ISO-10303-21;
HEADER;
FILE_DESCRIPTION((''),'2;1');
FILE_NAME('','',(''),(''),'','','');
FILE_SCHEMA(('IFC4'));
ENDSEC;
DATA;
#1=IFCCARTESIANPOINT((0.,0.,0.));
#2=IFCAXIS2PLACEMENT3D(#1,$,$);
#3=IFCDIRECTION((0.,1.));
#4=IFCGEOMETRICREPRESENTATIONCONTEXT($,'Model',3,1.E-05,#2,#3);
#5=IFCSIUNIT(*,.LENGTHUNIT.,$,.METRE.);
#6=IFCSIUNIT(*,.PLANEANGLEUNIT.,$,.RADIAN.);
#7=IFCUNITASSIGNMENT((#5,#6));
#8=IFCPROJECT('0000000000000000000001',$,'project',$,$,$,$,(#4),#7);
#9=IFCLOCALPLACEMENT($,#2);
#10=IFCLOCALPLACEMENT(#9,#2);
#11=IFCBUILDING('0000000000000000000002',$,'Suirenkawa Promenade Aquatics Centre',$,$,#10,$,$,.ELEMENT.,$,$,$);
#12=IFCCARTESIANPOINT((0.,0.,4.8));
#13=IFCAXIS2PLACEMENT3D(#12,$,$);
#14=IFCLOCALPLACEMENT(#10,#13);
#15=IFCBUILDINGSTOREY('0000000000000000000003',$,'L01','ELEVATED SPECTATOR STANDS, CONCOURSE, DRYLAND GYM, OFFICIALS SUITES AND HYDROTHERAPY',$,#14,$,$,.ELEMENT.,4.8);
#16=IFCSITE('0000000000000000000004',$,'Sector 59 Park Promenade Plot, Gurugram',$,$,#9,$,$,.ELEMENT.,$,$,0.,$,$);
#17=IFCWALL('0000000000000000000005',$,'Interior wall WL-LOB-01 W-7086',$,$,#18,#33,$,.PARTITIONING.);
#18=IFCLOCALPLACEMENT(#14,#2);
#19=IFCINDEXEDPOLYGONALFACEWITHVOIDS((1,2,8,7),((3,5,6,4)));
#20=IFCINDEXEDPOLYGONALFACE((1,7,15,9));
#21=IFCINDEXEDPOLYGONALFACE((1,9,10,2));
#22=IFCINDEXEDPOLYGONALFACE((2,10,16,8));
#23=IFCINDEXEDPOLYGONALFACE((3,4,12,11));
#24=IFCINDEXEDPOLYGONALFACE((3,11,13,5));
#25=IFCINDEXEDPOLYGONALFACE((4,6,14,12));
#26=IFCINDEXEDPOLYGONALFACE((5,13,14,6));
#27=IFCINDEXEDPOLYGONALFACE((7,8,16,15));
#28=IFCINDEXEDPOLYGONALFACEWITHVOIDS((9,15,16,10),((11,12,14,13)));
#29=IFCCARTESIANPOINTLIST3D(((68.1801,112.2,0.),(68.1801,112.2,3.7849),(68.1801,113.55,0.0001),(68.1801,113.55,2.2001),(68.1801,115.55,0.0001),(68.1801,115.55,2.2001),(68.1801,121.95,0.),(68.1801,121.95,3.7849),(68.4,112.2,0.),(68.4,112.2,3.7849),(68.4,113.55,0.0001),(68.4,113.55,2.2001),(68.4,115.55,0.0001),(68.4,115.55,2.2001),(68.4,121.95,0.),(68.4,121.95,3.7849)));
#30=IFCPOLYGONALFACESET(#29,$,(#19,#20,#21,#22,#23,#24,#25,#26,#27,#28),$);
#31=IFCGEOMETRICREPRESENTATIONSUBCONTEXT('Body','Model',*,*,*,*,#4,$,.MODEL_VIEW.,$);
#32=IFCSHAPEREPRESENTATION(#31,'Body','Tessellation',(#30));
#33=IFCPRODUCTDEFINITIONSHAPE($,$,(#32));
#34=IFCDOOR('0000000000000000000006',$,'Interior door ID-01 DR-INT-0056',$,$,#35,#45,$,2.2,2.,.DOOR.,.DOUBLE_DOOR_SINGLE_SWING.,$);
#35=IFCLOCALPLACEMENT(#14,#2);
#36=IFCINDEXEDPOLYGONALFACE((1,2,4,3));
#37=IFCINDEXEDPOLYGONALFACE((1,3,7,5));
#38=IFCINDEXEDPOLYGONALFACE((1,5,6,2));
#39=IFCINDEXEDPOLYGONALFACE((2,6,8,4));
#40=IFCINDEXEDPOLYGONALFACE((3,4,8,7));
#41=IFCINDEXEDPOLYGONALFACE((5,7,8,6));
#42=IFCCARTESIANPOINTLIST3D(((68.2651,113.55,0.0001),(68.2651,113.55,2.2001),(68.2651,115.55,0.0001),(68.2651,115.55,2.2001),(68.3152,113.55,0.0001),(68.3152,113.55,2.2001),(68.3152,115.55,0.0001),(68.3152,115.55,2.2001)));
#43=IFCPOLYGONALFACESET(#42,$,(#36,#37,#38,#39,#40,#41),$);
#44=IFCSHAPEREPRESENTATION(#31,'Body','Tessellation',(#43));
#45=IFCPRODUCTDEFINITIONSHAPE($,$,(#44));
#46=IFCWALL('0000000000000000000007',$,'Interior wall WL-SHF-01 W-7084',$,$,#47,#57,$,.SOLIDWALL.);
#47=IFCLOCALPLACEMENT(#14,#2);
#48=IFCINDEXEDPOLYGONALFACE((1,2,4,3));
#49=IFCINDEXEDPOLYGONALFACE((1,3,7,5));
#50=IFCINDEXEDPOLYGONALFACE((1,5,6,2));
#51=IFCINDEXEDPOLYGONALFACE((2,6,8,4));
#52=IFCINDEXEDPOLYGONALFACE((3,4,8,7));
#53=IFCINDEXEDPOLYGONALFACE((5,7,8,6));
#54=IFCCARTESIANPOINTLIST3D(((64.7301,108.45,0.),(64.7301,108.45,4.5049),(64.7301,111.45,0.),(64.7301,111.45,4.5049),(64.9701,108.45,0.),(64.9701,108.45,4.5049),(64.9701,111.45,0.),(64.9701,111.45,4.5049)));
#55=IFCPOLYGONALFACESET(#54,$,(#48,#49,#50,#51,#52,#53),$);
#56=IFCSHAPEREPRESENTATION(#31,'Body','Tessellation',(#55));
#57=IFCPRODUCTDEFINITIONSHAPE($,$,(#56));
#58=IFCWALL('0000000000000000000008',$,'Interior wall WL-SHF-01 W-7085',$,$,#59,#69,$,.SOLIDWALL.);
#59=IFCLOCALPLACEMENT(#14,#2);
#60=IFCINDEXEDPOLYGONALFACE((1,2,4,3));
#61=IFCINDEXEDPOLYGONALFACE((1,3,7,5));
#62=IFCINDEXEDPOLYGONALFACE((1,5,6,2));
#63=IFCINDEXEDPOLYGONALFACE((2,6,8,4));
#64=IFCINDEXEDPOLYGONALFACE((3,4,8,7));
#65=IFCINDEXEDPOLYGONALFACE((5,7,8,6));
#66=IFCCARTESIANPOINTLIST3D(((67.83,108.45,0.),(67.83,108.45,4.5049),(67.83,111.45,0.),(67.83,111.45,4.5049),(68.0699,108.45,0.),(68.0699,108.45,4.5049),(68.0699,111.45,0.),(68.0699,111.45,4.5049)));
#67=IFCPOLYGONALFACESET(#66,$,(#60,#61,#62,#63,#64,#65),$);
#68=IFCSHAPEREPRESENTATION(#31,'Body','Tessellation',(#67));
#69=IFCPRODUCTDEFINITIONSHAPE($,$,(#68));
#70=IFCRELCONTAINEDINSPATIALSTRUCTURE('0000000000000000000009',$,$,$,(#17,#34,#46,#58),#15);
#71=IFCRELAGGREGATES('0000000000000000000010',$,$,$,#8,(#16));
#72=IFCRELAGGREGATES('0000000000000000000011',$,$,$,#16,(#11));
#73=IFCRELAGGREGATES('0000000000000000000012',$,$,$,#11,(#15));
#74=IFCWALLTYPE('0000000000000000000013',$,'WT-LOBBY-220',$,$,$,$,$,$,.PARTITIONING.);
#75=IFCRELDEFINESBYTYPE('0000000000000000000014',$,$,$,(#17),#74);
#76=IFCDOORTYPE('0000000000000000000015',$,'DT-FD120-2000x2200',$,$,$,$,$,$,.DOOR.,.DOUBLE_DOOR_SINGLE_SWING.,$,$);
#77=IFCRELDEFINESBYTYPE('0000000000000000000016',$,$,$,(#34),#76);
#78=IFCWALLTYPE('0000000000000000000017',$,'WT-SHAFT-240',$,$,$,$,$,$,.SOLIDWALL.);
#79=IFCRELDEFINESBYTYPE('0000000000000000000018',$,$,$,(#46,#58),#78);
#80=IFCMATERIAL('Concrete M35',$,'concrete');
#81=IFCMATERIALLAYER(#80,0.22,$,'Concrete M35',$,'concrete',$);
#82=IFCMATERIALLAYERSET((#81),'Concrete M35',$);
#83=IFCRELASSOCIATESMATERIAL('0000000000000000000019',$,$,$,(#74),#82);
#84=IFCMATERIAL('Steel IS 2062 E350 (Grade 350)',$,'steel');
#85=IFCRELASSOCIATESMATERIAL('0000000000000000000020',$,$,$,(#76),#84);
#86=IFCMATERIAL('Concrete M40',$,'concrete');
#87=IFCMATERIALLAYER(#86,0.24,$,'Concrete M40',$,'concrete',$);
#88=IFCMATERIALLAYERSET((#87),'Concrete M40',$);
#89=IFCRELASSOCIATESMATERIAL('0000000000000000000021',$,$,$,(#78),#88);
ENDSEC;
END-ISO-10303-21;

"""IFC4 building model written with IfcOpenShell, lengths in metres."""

from ifc_helpers import new_model, si_unit, direction, frame, frame_2d, origin, place, context, subcontext, project, spatial, rectangle, extrude, material, layer, layer_set, type_object, element, fill, save


model = new_model("IFC4")

# Units and contexts
model_context = context("Model", 3, precision=1e-05, world=origin(), true_north=direction((0.0, 1.0)))
body_context = subcontext(model_context, "Body", "Model", "MODEL_VIEW")
ifc_project = project(units=[si_unit("LENGTHUNIT", "METRE"), si_unit("PLANEANGLEUNIT", "RADIAN")], contexts=[model_context])

# Site, building, storey
site_placement = place(None, origin())
site = spatial("IfcSite", under=ifc_project, at=site_placement, Name="Sector 59 Park Promenade Plot, Gurugram", CompositionType="ELEMENT", RefElevation=0.0)
building_placement = place(site_placement, origin())
building = spatial("IfcBuilding", under=site, at=building_placement, Name="Suirenkawa Promenade Aquatics Centre", CompositionType="ELEMENT")
storey_placement = place(building_placement, frame((0.0, 0.0, 4.8)))
storey = spatial("IfcBuildingStorey", under=building, at=storey_placement, Name="L01", Description="ELEVATED SPECTATOR STANDS, CONCOURSE, DRYLAND GYM, OFFICIALS SUITES AND HYDROTHERAPY", CompositionType="ELEMENT", Elevation=4.8)

# Shared definitions
ifc_material_1 = material(Name="Concrete M40", Category="concrete")

# Shared definitions
ifc_material_2 = material(Name="Steel IS 2062 E350 (Grade 350)", Category="steel")

# Wall, opening, door
ifc_material_3 = material(Name="Concrete M35", Category="concrete")
ifc_layer_1 = layer(ifc_material_3, 0.22, Name="Concrete M35", Category="concrete")
ifc_layer_set_1 = layer_set([ifc_layer_1], Name="Concrete M35")
wall_type_1 = type_object("IfcWallType", Name="WT-LOBBY-220", PredefinedType="PARTITIONING", material=ifc_layer_set_1)
wall_1_placement = place(storey_placement, frame((68.29, 112.2, 0.0), z_axis=(0.0, 0.0, 1.0), x_axis=(0.0, 1.0, 0.0)))
wall_1 = element("IfcWall", 1, at=wall_1_placement, inside=storey, type_object=wall_type_1, Name="Interior wall WL-LOB-01 W-7086", PredefinedType="PARTITIONING", context=body_context, shape_type="SweptSolid", body=[
    extrude(rectangle(XDim=9.75, YDim=0.22, at=frame_2d((4.875, 0.0))), origin(), (0.0, 0.0, 1.0), 3.7849),
])
opening_1_placement = place(wall_1_placement, frame((1.3501, 0.0, 0.0)))
opening_1 = element("IfcOpeningElement", 2, at=opening_1_placement, cuts=wall_1, PredefinedType="OPENING", context=body_context, shape_type="SweptSolid", body=[
    extrude(rectangle(XDim=2.0, YDim=2.2, at=frame_2d((1.0, 1.1001))), frame((0.0, 0.1199, 0.0), z_axis=(0.0, -1.0, 0.0), x_axis=(1.0, 0.0, 0.0)), (0.0, 0.0, 1.0), 0.24),
])
door_type_1 = type_object("IfcDoorType", Name="DT-FD120-2000x2200", OperationType="DOUBLE_DOOR_SINGLE_SWING", PredefinedType="DOOR", material=ifc_material_2)
door_1_placement = place(opening_1_placement, origin())
door_1 = element("IfcDoor", 3, at=door_1_placement, inside=storey, type_object=door_type_1, Name="Interior door ID-01 DR-INT-0056", OperationType="DOUBLE_DOOR_SINGLE_SWING", OverallHeight=2.2, OverallWidth=2.0, PredefinedType="DOOR", context=body_context, shape_type="SweptSolid", body=[
    extrude(rectangle(XDim=2.0, YDim=2.2, at=frame_2d((1.0, 1.1001))), frame((0.0, 0.0249, 0.0), z_axis=(0.0, -1.0, 0.0), x_axis=(1.0, 0.0, 0.0)), (0.0, 0.0, 1.0), 0.05),
])
fill(opening_1, door_1)
ifc_layer_2 = layer(ifc_material_1, 0.24, Name="Concrete M40", Category="concrete")
ifc_layer_set_2 = layer_set([ifc_layer_2], Name="Concrete M40")
wall_type_2 = type_object("IfcWallType", Name="WT-SHAFT-240", PredefinedType="SOLIDWALL", material=ifc_layer_set_2)

# Walls
for number, where, z_axis, x_axis, name in (
    (4, (64.8501, 108.45, 0.0), (0.0, 0.0, 1.0), (0.0, 1.0, 0.0), "Interior wall WL-SHF-01 W-7084"),
    (5, (67.95, 108.45, 0.0), (0.0, 0.0, 1.0), (0.0, 1.0, 0.0), "Interior wall WL-SHF-01 W-7085"),
):
    element("IfcWall", number, at=place(storey_placement, frame(where, z_axis=z_axis, x_axis=x_axis)), inside=storey, type_object=wall_type_2, Name=name, PredefinedType="SOLIDWALL", context=body_context, shape_type="SweptSolid", body=[
        extrude(rectangle(XDim=3.0, YDim=0.24, at=frame_2d((1.5, 0.0))), origin(), (0.0, 0.0, 1.0), 4.5049),
    ])

save(model, "model.ifc")
